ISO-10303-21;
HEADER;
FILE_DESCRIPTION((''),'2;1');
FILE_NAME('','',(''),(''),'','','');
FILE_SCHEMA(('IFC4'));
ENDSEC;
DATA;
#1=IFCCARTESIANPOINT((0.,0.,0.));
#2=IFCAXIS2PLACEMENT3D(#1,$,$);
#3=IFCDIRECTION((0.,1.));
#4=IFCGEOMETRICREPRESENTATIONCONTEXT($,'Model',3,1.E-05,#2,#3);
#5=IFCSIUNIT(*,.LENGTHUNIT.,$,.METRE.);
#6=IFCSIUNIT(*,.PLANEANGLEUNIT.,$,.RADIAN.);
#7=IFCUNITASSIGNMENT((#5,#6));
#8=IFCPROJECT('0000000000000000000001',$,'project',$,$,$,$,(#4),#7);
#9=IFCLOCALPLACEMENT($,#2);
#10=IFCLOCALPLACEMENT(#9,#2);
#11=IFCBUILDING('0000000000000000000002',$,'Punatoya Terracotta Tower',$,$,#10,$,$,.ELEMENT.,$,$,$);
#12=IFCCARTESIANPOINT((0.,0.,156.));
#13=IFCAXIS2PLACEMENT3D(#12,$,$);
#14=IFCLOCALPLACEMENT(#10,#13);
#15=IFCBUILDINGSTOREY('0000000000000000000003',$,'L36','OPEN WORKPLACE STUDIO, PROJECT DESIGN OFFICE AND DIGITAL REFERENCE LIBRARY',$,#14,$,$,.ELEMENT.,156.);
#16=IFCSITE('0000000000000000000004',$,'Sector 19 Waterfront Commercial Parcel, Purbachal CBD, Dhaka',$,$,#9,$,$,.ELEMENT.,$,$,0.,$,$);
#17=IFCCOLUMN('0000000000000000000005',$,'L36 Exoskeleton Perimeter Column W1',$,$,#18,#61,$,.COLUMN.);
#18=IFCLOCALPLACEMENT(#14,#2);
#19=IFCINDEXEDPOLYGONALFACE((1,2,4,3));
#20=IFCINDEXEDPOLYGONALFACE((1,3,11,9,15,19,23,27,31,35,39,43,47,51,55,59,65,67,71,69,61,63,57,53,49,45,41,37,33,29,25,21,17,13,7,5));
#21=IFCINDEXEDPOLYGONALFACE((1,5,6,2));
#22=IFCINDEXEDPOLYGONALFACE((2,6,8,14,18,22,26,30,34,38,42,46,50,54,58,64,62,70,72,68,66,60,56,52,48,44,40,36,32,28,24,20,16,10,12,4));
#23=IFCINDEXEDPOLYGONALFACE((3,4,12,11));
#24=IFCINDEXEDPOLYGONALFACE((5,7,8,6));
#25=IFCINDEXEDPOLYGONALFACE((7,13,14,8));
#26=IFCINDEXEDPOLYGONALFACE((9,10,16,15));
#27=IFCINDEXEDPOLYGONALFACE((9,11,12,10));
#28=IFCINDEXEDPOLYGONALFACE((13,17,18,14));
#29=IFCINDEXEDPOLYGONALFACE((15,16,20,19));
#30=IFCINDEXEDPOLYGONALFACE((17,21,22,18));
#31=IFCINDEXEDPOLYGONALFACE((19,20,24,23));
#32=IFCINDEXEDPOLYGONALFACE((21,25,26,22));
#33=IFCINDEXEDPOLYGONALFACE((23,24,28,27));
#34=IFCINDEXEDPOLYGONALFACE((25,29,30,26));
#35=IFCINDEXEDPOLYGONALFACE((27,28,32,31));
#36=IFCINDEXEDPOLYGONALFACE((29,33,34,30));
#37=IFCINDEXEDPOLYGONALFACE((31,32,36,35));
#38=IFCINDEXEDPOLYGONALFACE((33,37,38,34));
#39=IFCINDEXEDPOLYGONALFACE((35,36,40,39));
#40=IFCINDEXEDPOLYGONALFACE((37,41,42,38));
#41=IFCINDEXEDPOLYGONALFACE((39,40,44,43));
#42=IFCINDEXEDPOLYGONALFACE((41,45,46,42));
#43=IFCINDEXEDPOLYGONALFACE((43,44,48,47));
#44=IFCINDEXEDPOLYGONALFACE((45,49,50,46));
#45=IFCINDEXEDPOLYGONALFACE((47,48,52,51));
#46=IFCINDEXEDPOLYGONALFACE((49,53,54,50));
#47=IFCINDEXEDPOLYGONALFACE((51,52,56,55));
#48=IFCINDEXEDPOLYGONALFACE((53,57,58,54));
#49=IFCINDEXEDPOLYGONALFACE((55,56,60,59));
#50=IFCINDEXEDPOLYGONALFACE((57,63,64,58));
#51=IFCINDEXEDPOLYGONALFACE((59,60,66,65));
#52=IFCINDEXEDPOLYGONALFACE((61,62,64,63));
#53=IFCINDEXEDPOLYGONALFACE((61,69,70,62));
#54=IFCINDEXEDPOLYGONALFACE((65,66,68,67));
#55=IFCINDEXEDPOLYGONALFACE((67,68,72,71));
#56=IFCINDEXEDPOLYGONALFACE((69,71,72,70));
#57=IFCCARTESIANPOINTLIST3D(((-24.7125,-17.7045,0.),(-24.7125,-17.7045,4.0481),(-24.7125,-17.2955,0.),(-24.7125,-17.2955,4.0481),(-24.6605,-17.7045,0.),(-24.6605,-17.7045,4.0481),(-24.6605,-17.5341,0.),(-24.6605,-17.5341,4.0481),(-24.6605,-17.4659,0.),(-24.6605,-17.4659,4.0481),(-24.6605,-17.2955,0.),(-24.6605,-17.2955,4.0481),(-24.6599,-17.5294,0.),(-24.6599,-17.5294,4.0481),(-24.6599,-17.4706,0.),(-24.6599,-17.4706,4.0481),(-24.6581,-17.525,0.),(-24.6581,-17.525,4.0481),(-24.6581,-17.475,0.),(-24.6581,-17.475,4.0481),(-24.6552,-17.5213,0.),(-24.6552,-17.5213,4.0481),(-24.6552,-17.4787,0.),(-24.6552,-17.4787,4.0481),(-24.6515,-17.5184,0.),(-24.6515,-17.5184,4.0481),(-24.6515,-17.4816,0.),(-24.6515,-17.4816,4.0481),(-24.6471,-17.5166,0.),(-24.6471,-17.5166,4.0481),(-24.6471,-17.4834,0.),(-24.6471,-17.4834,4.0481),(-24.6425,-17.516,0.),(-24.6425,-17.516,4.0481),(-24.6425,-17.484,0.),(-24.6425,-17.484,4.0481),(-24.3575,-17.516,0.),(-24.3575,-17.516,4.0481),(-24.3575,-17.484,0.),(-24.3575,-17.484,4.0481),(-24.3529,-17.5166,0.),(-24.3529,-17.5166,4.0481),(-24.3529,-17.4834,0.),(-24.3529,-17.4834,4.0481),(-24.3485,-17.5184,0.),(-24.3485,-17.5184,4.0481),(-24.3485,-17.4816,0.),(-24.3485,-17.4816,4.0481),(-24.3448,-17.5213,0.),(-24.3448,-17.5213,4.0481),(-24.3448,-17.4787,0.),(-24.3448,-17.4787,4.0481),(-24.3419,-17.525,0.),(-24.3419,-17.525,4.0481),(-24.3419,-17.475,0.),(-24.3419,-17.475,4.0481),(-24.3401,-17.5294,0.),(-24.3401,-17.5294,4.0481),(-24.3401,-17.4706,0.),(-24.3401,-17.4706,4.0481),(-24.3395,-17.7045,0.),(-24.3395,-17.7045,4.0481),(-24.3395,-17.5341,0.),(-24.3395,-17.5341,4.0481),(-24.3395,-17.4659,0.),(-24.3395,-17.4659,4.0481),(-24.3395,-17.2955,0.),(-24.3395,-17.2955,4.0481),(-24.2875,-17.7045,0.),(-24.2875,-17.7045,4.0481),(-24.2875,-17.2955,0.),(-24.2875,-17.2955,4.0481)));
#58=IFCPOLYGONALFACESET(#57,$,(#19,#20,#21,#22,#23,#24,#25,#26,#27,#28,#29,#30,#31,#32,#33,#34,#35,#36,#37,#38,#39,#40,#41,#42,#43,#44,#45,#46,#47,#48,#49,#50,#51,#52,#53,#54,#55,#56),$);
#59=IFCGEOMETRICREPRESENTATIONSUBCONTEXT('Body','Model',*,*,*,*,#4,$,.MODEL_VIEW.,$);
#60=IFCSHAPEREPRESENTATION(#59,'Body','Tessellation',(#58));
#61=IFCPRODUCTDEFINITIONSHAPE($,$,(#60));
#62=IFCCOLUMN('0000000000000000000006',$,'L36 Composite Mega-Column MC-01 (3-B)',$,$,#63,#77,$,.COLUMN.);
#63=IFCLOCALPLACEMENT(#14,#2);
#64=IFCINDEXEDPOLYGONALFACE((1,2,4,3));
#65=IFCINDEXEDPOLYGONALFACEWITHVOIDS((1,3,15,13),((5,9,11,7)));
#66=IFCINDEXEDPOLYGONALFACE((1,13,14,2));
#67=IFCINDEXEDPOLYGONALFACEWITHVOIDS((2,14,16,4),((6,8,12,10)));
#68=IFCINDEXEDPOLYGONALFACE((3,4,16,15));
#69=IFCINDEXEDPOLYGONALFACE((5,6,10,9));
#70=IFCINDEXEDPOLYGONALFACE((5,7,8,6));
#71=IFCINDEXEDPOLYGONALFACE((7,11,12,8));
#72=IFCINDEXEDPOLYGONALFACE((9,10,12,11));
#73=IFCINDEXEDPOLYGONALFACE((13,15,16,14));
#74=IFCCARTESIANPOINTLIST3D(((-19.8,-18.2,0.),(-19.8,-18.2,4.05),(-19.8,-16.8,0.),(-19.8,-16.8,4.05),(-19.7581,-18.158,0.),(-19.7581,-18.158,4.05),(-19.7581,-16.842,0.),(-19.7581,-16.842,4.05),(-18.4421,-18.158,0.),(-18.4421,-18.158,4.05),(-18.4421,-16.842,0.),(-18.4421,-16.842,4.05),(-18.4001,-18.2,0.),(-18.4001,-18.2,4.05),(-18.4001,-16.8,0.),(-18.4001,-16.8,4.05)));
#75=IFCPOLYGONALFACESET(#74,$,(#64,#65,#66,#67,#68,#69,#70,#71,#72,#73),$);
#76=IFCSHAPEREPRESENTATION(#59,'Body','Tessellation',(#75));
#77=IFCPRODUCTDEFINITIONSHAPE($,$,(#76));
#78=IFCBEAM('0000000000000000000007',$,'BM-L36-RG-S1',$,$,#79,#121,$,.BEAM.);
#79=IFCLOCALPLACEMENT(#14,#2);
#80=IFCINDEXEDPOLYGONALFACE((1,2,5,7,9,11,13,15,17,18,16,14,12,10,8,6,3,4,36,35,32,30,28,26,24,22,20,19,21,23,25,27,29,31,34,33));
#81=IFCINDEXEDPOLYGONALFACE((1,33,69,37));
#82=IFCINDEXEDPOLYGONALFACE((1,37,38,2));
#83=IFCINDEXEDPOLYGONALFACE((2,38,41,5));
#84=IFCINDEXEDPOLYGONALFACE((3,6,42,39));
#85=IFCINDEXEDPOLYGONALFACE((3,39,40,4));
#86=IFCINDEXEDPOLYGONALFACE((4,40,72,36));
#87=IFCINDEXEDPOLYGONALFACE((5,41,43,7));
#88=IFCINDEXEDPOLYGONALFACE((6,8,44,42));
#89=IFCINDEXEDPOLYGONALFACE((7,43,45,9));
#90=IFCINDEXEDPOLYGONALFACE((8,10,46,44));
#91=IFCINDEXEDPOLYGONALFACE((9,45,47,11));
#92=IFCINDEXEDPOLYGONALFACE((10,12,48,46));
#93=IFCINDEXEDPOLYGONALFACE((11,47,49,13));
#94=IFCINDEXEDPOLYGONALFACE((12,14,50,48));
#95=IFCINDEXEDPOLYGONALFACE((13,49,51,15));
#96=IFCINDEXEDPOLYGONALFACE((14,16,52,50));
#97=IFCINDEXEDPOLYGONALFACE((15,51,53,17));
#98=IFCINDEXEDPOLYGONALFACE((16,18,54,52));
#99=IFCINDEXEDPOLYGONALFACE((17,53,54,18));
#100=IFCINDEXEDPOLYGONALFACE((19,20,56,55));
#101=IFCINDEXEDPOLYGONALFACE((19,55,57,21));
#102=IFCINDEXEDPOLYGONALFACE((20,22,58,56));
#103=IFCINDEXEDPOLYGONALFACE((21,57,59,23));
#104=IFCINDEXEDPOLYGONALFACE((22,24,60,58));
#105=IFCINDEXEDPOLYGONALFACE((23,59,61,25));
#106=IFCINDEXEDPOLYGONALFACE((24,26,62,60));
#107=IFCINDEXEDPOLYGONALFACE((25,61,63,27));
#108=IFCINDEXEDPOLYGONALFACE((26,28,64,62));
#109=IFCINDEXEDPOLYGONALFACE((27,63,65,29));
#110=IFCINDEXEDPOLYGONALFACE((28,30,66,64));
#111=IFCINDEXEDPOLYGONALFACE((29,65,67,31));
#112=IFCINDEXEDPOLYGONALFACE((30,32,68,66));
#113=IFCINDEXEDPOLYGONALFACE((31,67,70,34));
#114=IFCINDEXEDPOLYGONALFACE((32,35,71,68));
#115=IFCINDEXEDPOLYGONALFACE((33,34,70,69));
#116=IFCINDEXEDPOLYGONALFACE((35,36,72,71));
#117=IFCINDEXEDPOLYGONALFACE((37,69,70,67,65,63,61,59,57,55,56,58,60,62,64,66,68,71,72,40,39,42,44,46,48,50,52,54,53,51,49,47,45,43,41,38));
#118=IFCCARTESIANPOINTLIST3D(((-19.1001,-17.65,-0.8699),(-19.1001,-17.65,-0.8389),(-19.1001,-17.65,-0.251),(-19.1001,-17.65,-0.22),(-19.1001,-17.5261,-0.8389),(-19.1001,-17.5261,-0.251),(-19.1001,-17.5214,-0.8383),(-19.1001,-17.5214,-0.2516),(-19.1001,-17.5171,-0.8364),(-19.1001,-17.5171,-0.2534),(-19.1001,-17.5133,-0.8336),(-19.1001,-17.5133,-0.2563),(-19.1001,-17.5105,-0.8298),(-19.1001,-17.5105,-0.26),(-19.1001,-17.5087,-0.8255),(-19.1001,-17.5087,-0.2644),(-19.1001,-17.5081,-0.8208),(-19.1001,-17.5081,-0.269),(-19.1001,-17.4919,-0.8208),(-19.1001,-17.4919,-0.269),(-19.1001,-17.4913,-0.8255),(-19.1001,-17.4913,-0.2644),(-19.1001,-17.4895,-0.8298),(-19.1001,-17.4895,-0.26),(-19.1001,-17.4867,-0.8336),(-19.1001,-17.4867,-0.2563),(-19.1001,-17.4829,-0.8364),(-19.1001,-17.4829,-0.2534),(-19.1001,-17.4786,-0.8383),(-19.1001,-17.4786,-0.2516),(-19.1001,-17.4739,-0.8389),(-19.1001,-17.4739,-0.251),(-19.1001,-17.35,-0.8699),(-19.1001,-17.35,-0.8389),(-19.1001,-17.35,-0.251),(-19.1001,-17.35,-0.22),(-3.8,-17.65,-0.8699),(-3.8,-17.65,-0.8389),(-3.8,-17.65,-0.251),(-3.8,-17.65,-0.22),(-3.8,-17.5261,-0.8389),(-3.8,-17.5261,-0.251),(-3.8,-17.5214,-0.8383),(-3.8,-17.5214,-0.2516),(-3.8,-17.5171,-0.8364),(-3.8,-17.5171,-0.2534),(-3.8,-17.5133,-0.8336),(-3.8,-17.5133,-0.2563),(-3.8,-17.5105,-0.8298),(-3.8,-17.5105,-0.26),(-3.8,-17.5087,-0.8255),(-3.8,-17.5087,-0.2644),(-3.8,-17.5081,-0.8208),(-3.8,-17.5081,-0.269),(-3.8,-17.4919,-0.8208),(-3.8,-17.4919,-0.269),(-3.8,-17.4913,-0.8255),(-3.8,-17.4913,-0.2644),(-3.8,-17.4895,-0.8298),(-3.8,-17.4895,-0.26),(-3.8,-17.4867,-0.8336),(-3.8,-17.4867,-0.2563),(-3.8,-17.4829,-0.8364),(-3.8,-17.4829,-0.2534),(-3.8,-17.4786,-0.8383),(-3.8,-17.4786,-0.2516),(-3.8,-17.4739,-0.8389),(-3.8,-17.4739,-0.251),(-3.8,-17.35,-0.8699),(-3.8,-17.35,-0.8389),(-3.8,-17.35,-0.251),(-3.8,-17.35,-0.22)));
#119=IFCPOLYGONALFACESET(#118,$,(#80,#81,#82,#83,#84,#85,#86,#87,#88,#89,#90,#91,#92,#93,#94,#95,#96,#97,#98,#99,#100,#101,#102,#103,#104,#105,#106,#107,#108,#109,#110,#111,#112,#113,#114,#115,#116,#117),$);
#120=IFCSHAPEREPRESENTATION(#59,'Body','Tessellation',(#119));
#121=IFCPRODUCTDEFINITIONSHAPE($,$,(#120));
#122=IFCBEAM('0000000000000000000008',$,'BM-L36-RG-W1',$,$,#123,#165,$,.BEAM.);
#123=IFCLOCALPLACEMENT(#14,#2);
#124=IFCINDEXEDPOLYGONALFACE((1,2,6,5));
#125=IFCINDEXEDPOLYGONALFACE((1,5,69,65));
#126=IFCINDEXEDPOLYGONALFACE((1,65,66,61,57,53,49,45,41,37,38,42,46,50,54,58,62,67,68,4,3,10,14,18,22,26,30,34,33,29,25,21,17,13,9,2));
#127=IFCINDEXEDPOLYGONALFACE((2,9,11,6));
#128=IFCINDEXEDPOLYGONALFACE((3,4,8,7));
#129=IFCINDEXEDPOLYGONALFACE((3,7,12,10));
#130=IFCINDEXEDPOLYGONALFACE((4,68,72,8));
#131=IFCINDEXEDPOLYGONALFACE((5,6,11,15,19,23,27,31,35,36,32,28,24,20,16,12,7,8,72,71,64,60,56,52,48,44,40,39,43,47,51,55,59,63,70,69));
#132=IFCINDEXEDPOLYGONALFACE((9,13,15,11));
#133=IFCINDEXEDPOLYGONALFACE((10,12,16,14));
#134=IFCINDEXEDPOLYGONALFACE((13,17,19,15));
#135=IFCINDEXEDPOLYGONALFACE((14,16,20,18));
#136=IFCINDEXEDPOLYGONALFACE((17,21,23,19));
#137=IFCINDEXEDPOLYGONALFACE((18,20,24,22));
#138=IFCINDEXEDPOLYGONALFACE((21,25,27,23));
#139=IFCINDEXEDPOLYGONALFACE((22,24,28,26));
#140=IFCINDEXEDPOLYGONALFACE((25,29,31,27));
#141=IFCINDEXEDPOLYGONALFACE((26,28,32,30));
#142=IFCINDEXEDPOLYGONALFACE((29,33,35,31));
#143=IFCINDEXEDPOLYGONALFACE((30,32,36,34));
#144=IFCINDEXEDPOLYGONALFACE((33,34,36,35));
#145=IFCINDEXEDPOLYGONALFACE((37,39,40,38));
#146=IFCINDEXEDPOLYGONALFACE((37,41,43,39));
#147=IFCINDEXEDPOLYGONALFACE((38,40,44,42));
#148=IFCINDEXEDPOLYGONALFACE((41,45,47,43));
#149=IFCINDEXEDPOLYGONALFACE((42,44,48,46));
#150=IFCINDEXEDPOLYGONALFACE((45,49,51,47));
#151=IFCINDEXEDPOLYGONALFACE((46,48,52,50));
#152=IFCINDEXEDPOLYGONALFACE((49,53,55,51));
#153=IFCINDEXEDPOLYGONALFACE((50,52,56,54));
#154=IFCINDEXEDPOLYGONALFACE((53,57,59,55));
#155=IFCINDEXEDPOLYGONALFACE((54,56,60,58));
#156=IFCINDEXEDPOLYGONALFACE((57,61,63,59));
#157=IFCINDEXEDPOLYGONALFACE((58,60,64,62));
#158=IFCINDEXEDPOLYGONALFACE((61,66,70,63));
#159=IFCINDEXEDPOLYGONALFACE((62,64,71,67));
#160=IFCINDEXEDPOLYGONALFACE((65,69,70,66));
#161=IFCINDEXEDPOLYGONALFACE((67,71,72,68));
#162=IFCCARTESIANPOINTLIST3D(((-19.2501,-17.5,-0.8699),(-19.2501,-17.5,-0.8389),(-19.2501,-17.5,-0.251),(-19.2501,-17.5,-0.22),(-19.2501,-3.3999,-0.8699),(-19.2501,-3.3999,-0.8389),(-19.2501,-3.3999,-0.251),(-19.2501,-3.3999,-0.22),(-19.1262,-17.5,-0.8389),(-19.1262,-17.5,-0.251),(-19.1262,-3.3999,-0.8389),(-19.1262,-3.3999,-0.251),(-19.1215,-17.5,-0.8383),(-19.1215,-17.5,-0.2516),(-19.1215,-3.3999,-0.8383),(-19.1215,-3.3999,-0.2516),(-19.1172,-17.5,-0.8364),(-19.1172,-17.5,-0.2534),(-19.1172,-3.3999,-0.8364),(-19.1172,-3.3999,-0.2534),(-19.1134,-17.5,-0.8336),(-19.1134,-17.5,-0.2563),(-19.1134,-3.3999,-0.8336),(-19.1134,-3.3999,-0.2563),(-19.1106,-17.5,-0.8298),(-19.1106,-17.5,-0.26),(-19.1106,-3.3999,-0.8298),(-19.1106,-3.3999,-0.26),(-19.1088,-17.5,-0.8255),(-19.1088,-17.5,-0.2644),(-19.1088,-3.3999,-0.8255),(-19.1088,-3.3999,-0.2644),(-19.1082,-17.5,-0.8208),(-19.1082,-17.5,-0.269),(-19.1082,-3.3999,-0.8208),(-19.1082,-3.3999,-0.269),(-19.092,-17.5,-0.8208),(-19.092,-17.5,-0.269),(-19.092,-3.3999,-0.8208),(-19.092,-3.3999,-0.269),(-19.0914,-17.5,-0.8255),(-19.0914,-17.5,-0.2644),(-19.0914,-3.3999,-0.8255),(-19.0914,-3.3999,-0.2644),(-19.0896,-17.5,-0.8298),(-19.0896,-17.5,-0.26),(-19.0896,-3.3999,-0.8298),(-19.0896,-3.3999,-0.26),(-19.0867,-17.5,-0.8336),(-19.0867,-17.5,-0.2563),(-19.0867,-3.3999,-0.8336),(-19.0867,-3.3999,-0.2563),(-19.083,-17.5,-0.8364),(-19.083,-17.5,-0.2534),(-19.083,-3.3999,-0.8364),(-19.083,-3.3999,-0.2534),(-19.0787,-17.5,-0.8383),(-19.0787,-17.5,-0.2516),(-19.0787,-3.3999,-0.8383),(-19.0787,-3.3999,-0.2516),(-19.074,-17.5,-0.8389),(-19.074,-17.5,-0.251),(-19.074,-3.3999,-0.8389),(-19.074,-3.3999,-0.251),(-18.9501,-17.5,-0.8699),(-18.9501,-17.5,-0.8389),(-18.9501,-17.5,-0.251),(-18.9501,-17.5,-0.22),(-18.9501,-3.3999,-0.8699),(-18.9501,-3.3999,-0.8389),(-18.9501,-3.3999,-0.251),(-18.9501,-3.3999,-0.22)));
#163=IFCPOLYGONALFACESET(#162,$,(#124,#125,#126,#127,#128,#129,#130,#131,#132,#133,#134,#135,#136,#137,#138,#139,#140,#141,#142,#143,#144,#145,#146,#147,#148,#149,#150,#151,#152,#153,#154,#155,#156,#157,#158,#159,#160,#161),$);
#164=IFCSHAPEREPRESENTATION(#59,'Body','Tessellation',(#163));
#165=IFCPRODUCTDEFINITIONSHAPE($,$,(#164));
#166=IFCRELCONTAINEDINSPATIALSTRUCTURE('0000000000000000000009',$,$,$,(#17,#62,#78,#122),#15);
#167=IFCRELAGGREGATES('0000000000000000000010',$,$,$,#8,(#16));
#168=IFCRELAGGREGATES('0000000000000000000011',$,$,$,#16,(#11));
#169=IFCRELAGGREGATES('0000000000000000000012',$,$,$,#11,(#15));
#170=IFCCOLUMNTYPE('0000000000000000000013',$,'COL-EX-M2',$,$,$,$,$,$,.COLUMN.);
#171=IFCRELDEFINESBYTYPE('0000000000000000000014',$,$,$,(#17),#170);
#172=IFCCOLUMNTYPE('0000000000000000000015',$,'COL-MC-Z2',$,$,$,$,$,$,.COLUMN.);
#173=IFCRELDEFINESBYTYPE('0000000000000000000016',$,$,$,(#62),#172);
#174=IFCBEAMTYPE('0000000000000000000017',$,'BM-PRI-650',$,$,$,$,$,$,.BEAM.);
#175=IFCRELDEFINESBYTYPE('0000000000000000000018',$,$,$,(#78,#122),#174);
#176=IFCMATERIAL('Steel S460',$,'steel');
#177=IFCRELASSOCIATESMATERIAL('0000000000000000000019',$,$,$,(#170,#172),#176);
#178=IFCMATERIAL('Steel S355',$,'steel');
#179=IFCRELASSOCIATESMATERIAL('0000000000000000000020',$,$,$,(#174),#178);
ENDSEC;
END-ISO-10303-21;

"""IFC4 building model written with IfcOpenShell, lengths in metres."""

from ifc_helpers import new_model, si_unit, direction, frame, origin, origin_2d, place, context, subcontext, project, spatial, hollow_rectangle, i_section, extrude, material, material_profile, profile_set, type_object, element, save


model = new_model("IFC4")

# Units and contexts
model_context = context("Model", 3, precision=1e-05, world=origin(), true_north=direction((0.0, 1.0)))
body_context = subcontext(model_context, "Body", "Model", "MODEL_VIEW")
ifc_project = project(units=[si_unit("LENGTHUNIT", "METRE"), si_unit("PLANEANGLEUNIT", "RADIAN")], contexts=[model_context])

# Site, building, storey
site_placement = place(None, origin())
site = spatial("IfcSite", under=ifc_project, at=site_placement, Name="Sector 19 Waterfront Commercial Parcel, Purbachal CBD, Dhaka", CompositionType="ELEMENT", RefElevation=0.0)
building_placement = place(site_placement, origin())
building = spatial("IfcBuilding", under=site, at=building_placement, Name="Punatoya Terracotta Tower", CompositionType="ELEMENT")
storey_placement = place(building_placement, frame((0.0, 0.0, 156.0)))
storey = spatial("IfcBuildingStorey", under=building, at=storey_placement, Name="L36", Description="OPEN WORKPLACE STUDIO, PROJECT DESIGN OFFICE AND DIGITAL REFERENCE LIBRARY", CompositionType="ELEMENT", Elevation=156.0)

# Columns
ifc_material_1 = material(Name="Steel S460", Category="steel")
ifc_material_profile_1 = material_profile(ifc_material_1, i_section(OverallWidth=0.4089, OverallDepth=0.425, WebThickness=0.032, FlangeThickness=0.052, FilletRadius=0.0181, at=origin_2d()))
ifc_profile_set_1 = profile_set([ifc_material_profile_1], Name="Steel S460")
column_type_1 = type_object("IfcColumnType", Name="COL-EX-M2", PredefinedType="COLUMN", material=ifc_profile_set_1)
column_1_placement = place(storey_placement, frame((-24.5, -17.5, 0.0), z_axis=(0.0, 0.0, 1.0), x_axis=(0.0, 1.0, 0.0)))
element("IfcColumn", 1, at=column_1_placement, inside=storey, type_object=column_type_1, Name="L36 Exoskeleton Perimeter Column W1", PredefinedType="COLUMN", context=body_context, shape_type="SweptSolid", body=[
    extrude(i_section(OverallWidth=0.4089, OverallDepth=0.425, WebThickness=0.032, FlangeThickness=0.052, FilletRadius=0.0181, at=origin_2d()), origin(), (0.0, 0.0, 1.0), 4.0481),
])
ifc_material_profile_2 = material_profile(ifc_material_1, hollow_rectangle(XDim=1.3999, YDim=1.3999, WallThickness=0.042, at=origin_2d()))
ifc_profile_set_2 = profile_set([ifc_material_profile_2], Name="Steel S460")
column_type_2 = type_object("IfcColumnType", Name="COL-MC-Z2", PredefinedType="COLUMN", material=ifc_profile_set_2)
column_2_placement = place(storey_placement, frame((-19.1001, -17.5, 0.0), z_axis=(0.0, 0.0, 1.0), x_axis=(1.0, 0.0, 0.0)))
element("IfcColumn", 2, at=column_2_placement, inside=storey, type_object=column_type_2, Name="L36 Composite Mega-Column MC-01 (3-B)", PredefinedType="COLUMN", context=body_context, shape_type="SweptSolid", body=[
    extrude(hollow_rectangle(XDim=1.3999, YDim=1.3999, WallThickness=0.042, at=origin_2d()), origin(), (0.0, 0.0, 1.0), 4.05),
])

# Beams
ifc_material_2 = material(Name="Steel S355", Category="steel")
ifc_material_profile_3 = material_profile(ifc_material_2, i_section(OverallWidth=0.3, OverallDepth=0.6499, WebThickness=0.0161, FlangeThickness=0.031, FilletRadius=0.0181, at=origin_2d()))
ifc_profile_set_3 = profile_set([ifc_material_profile_3], Name="Steel S355")
beam_type_1 = type_object("IfcBeamType", Name="BM-PRI-650", PredefinedType="BEAM", material=ifc_profile_set_3)
beam_1_placement = place(storey_placement, frame((-19.1001, -17.5, -0.5449), z_axis=(1.0, 0.0, 0.0), x_axis=(0.0, 1.0, 0.0)))
element("IfcBeam", 3, at=beam_1_placement, inside=storey, type_object=beam_type_1, Name="BM-L36-RG-S1", PredefinedType="BEAM", context=body_context, shape_type="SweptSolid", body=[
    extrude(i_section(OverallWidth=0.3, OverallDepth=0.6499, WebThickness=0.0161, FlangeThickness=0.031, FilletRadius=0.0181, at=origin_2d()), origin(), (0.0, 0.0, 1.0), 15.3),
])
beam_2_placement = place(storey_placement, frame((-19.1001, -17.5, -0.5449), z_axis=(0.0, 1.0, 0.0), x_axis=(-1.0, 0.0, 0.0)))
element("IfcBeam", 4, at=beam_2_placement, inside=storey, type_object=beam_type_1, Name="BM-L36-RG-W1", PredefinedType="BEAM", context=body_context, shape_type="SweptSolid", body=[
    extrude(i_section(OverallWidth=0.3, OverallDepth=0.6499, WebThickness=0.0161, FlangeThickness=0.031, FilletRadius=0.0181, at=origin_2d()), origin(), (0.0, 0.0, 1.0), 14.1001),
])

save(model, "model.ifc")
